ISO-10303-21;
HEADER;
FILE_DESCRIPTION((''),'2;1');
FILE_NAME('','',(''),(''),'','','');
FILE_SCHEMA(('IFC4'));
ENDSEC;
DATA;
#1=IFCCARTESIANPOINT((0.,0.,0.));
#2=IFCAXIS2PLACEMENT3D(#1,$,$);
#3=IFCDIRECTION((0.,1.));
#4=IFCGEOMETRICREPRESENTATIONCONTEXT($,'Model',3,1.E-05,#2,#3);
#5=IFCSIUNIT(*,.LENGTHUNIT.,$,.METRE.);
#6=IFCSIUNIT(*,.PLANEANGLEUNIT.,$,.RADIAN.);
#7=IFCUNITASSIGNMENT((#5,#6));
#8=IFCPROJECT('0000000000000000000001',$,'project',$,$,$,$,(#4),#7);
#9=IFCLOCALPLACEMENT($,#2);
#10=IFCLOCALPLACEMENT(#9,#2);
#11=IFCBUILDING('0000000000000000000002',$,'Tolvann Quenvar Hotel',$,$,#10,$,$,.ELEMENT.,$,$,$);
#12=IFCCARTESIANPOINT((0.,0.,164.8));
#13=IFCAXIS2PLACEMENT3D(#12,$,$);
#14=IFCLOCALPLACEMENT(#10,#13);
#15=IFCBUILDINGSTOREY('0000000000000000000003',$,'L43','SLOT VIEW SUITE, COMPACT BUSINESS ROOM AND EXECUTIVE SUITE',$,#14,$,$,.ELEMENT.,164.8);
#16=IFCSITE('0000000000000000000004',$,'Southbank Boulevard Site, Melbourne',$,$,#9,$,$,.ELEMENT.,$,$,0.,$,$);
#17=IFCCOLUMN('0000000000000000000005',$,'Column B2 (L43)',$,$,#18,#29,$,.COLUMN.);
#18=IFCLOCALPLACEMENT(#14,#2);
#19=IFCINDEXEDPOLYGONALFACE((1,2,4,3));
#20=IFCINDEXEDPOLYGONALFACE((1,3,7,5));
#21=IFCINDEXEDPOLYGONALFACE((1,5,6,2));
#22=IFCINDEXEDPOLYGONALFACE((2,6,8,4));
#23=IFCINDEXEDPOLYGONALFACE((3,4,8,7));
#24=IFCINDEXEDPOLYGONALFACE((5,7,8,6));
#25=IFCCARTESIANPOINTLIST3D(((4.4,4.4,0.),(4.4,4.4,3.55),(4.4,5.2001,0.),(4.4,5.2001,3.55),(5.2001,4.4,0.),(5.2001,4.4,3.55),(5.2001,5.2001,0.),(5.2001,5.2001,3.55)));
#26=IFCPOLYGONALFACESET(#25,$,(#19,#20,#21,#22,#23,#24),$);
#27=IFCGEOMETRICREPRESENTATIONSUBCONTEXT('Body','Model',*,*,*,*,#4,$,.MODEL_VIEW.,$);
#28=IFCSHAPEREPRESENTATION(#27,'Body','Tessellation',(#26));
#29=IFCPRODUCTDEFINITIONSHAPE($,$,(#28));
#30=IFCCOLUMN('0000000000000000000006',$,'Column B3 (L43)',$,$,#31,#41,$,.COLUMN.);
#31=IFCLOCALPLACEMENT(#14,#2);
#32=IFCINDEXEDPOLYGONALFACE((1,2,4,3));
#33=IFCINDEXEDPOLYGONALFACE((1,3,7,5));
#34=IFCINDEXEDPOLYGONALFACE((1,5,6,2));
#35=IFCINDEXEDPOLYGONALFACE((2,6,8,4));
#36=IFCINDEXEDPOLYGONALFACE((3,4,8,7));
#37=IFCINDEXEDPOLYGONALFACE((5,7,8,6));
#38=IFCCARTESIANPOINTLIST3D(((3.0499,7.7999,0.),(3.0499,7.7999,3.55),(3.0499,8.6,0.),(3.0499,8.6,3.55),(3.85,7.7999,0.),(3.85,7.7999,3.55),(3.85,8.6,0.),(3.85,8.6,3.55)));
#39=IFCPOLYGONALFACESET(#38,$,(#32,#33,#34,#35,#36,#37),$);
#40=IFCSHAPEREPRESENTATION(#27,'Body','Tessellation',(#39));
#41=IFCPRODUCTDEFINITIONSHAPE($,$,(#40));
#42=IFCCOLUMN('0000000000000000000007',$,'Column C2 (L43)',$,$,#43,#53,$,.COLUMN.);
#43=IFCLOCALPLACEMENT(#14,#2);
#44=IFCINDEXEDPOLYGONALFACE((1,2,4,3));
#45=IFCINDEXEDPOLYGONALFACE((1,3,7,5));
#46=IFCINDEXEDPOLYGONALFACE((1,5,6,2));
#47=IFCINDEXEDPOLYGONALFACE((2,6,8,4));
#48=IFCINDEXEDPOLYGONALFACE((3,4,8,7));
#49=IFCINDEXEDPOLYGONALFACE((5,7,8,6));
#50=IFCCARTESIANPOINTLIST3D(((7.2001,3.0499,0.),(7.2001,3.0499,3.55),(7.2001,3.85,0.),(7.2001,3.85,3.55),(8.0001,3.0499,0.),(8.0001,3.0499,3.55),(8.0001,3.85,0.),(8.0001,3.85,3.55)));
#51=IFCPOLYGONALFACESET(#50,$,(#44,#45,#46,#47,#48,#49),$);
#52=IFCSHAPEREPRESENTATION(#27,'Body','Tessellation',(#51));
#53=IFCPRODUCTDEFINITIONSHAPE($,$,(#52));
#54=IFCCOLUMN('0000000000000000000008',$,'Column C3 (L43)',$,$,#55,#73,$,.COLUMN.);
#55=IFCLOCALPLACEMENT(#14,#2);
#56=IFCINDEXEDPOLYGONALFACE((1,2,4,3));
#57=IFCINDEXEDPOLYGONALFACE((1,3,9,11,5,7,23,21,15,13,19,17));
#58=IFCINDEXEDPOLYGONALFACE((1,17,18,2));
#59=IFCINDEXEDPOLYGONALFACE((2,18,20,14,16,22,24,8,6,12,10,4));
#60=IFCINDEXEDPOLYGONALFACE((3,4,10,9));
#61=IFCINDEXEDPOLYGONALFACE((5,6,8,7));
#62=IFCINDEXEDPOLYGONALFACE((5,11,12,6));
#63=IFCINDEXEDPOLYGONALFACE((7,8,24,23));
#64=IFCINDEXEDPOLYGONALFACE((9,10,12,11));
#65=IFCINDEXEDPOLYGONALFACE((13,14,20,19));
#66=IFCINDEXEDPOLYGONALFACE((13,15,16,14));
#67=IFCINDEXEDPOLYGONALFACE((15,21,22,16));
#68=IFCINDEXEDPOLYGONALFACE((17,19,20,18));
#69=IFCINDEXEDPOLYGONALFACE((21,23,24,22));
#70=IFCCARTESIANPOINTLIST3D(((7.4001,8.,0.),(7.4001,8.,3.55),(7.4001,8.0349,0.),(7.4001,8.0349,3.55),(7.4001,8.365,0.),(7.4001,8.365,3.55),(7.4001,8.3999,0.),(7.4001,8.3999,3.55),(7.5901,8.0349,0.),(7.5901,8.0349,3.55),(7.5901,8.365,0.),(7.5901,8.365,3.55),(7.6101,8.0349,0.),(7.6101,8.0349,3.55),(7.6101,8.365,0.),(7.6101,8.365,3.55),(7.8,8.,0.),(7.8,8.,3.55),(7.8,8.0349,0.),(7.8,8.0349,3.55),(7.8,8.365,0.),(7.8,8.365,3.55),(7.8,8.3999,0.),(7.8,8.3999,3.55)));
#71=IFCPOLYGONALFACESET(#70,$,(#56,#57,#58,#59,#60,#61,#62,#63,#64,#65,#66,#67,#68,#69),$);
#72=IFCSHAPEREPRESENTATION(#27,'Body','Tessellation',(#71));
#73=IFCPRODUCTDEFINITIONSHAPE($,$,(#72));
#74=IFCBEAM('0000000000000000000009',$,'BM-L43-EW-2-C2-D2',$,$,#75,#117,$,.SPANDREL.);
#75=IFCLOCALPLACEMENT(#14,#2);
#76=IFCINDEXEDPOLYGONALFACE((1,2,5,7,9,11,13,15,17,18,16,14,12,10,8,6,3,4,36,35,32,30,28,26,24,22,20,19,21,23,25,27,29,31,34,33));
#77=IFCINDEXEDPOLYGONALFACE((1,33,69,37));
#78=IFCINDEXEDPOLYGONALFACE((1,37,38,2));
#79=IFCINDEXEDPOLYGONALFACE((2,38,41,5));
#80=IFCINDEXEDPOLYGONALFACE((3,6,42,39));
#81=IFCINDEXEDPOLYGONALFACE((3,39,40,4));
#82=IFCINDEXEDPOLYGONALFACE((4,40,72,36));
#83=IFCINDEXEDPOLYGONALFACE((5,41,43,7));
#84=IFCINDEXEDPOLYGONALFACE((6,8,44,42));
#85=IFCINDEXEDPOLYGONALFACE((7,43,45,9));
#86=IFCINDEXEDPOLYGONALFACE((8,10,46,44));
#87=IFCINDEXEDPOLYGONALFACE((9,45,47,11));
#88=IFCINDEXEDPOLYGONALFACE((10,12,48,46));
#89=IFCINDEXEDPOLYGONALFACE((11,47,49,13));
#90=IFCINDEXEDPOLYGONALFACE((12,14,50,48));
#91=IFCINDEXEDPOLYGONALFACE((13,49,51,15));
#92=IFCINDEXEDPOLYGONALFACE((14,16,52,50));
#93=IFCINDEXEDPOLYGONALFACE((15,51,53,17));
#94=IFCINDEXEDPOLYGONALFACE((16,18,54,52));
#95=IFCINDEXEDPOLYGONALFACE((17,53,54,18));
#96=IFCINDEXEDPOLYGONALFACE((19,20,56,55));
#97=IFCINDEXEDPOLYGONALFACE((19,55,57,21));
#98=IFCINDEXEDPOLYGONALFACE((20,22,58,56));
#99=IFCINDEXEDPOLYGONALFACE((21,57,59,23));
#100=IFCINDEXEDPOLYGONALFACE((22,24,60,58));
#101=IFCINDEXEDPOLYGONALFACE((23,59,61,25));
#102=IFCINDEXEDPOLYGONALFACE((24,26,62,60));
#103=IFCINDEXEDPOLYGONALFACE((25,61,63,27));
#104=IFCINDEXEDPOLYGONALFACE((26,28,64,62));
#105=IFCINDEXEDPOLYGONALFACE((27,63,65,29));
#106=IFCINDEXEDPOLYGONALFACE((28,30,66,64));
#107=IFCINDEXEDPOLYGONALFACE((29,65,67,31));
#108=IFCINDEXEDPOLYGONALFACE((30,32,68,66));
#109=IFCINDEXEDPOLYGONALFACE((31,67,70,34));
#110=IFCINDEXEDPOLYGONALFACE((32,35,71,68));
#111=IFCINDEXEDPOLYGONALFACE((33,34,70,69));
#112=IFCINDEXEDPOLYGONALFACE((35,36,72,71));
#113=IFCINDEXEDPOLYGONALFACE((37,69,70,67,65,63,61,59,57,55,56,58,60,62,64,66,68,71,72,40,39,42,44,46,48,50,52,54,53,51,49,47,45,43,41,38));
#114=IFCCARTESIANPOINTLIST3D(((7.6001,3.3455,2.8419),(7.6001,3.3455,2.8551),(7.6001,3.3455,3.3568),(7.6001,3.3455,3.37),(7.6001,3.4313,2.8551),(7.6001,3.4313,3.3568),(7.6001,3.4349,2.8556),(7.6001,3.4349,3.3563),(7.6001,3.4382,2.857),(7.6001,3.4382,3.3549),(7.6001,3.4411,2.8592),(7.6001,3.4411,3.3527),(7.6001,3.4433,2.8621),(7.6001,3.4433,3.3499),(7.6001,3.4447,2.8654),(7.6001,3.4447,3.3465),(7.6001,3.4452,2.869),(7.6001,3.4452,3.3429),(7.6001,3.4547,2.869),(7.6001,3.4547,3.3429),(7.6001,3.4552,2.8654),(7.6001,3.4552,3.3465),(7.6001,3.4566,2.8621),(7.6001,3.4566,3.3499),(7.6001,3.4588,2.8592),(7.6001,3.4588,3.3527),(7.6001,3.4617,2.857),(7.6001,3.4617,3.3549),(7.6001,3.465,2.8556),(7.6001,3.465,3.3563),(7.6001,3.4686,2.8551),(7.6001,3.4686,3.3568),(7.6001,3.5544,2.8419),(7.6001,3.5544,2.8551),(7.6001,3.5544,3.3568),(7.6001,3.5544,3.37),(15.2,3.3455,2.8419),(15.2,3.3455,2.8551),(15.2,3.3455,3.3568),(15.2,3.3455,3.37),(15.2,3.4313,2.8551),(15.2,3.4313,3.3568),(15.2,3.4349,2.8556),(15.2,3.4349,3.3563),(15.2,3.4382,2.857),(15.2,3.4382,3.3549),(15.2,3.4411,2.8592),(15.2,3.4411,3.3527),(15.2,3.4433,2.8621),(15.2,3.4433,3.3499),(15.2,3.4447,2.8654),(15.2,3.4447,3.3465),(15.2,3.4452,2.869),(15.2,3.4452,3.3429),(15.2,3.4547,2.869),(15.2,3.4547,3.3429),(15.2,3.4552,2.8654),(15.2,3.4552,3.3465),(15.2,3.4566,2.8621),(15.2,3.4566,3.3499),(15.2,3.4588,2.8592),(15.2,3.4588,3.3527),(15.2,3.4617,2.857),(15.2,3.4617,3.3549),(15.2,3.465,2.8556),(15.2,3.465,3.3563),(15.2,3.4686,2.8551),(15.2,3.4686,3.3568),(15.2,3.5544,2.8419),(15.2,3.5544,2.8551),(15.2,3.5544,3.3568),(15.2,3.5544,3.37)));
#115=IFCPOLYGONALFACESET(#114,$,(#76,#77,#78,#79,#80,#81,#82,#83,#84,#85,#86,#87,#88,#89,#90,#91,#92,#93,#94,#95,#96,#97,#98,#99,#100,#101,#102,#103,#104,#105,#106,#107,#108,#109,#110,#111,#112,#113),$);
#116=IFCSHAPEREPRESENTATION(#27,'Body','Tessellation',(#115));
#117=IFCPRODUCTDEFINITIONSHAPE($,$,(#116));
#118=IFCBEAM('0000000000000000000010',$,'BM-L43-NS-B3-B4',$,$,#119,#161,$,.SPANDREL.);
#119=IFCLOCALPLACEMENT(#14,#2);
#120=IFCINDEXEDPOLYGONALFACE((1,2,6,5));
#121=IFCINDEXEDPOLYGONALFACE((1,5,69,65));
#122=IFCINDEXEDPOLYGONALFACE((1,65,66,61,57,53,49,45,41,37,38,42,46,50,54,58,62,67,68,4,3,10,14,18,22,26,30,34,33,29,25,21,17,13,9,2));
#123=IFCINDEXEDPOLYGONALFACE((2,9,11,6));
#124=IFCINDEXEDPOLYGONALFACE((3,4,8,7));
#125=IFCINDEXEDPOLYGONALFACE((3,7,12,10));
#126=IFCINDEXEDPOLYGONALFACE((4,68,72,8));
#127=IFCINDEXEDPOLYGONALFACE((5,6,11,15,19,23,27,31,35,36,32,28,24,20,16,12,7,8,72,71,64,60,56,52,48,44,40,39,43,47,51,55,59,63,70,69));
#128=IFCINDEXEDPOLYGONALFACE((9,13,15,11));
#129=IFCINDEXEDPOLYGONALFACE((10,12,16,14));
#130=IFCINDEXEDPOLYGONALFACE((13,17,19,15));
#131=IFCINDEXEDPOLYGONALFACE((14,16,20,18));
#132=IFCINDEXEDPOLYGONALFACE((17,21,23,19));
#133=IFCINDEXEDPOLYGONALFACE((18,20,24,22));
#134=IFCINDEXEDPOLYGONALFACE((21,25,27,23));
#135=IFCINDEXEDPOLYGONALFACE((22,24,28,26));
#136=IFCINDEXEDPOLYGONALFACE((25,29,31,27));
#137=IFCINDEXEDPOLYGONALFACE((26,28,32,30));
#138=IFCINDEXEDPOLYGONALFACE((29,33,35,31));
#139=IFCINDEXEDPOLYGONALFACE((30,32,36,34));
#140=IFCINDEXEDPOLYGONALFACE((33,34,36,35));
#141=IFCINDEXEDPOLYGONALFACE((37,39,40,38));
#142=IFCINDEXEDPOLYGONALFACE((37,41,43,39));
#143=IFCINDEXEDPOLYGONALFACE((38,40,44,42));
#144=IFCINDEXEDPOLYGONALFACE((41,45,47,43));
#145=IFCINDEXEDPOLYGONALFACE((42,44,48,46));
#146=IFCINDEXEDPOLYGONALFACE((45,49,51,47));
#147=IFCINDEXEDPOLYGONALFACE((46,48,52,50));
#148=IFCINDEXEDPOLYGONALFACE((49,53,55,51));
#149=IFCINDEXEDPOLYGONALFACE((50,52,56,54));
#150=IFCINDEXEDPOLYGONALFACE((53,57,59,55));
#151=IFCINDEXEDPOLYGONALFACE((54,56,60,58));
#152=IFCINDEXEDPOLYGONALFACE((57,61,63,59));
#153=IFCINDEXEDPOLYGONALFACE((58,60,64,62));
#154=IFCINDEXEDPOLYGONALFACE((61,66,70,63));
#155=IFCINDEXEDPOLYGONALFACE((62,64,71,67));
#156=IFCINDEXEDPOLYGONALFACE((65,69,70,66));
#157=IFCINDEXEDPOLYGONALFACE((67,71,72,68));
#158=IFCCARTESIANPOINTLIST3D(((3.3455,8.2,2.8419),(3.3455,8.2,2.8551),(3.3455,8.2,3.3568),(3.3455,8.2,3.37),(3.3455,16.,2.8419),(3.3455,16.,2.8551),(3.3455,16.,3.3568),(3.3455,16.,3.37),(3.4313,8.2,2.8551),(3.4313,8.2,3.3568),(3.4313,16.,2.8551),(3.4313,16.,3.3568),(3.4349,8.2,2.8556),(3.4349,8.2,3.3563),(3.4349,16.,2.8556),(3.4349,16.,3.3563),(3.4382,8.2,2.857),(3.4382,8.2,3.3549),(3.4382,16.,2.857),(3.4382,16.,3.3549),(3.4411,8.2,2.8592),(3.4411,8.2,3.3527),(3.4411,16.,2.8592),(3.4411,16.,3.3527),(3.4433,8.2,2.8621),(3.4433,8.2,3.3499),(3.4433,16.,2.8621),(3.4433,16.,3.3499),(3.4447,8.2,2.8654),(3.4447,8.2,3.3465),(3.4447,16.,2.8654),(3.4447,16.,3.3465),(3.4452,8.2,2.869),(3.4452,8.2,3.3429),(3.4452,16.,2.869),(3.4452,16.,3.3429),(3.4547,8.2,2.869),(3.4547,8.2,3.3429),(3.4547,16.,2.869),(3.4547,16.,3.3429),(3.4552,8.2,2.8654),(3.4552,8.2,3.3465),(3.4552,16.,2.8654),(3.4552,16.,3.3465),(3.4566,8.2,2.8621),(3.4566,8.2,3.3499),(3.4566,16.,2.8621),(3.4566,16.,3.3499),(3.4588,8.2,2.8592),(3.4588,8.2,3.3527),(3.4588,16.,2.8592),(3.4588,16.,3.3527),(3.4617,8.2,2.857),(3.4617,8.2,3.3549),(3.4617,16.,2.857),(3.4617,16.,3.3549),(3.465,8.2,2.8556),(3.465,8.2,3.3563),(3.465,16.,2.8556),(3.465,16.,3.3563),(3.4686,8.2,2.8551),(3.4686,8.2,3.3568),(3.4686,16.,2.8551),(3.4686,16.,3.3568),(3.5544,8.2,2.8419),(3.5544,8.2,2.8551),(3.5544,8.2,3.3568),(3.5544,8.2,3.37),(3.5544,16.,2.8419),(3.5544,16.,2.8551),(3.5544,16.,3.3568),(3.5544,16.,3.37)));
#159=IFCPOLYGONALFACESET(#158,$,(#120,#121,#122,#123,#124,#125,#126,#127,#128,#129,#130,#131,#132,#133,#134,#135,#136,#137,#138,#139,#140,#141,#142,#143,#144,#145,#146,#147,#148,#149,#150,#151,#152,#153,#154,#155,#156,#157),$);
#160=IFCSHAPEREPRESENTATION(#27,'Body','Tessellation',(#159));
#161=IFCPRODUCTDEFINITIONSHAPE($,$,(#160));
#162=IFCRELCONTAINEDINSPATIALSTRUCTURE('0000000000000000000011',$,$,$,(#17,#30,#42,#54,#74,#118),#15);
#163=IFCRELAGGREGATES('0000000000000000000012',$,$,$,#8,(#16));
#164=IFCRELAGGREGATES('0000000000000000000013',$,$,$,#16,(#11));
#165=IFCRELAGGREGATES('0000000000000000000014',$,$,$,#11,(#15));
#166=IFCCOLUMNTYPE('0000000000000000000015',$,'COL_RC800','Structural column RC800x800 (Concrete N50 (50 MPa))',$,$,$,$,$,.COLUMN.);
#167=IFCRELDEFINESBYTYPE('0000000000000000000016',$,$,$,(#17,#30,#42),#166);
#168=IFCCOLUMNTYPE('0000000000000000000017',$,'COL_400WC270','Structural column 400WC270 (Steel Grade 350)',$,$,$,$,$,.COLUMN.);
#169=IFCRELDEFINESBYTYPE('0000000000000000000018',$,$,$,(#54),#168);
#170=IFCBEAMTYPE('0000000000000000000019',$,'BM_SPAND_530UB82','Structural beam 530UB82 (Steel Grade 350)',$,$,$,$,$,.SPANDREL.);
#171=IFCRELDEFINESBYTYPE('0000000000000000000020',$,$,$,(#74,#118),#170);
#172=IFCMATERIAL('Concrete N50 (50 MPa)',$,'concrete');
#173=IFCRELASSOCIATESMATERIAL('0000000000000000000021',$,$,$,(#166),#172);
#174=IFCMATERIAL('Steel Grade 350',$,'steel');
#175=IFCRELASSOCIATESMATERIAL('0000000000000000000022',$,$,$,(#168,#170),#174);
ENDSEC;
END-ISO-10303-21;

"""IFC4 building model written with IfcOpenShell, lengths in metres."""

from ifc_helpers import new_model, si_unit, direction, frame, origin, origin_2d, place, context, subcontext, project, spatial, rectangle, i_section, extrude, source, transform, mapped, material, material_profile, profile_set, type_object, type_shapes, element, save


model = new_model("IFC4")

# Units and contexts
model_context = context("Model", 3, precision=1e-05, world=origin(), true_north=direction((0.0, 1.0)))
body_context = subcontext(model_context, "Body", "Model", "MODEL_VIEW")
ifc_project = project(units=[si_unit("LENGTHUNIT", "METRE"), si_unit("PLANEANGLEUNIT", "RADIAN")], contexts=[model_context])

# Site, building, storey
site_placement = place(None, origin())
site = spatial("IfcSite", under=ifc_project, at=site_placement, Name="Southbank Boulevard Site, Melbourne", CompositionType="ELEMENT", RefElevation=0.0)
building_placement = place(site_placement, origin())
building = spatial("IfcBuilding", under=site, at=building_placement, Name="Tolvann Quenvar Hotel", CompositionType="ELEMENT")
storey_placement = place(building_placement, frame((0.0, 0.0, 164.8)))
storey = spatial("IfcBuildingStorey", under=building, at=storey_placement, Name="L43", Description="SLOT VIEW SUITE, COMPACT BUSINESS ROOM AND EXECUTIVE SUITE", CompositionType="ELEMENT", Elevation=164.8)

# Columns
ifc_material_1 = material(Name="Concrete N50 (50 MPa)", Category="concrete")
ifc_material_profile_1 = material_profile(ifc_material_1, rectangle(XDim=0.8, YDim=0.8, at=origin_2d()), Name="RC800x800")
ifc_profile_set_1 = profile_set([ifc_material_profile_1], Name="Concrete N50 (50 MPa)")
column_type_1 = type_object("IfcColumnType", Name="COL_RC800", Description="Structural column RC800x800 (Concrete N50 (50 MPa))", PredefinedType="COLUMN", material=ifc_profile_set_1)
shared_shape_1 = source(origin(), body_context, "Body", "SweptSolid", [
    extrude(rectangle(XDim=0.8, YDim=0.8, at=origin_2d()), origin(), (0.0, 0.0, 1.0), 3.55),
])
type_shapes(column_type_1, [shared_shape_1])
for number, where, z_axis, x_axis, name in (
    (1, (4.8, 4.8, 0.0), (0.0, 0.0, 1.0), (1.0, 0.0, 0.0), "Column B2 (L43)"),
    (2, (3.45, 8.2, 0.0), (0.0, 0.0, 1.0), (1.0, 0.0, 0.0), "Column B3 (L43)"),
    (3, (7.6001, 3.45, 0.0), (0.0, 0.0, 1.0), (1.0, 0.0, 0.0), "Column C2 (L43)"),
):
    element("IfcColumn", number, at=place(storey_placement, frame(where, z_axis=z_axis, x_axis=x_axis)), inside=storey, type_object=column_type_1, Name=name, PredefinedType="COLUMN", context=body_context, shape_type="MappedRepresentation", body=[
        mapped(shared_shape_1, transform((0.0, 0.0, 0.0), x_axis=(1.0, 0.0, 0.0), y_axis=(0.0, 1.0, 0.0), z_axis=(0.0, 0.0, 1.0), scale=1.0)),
    ])
ifc_material_2 = material(Name="Steel Grade 350", Category="steel")
ifc_material_profile_2 = material_profile(ifc_material_2, i_section(OverallWidth=0.3999, OverallDepth=0.3999, WebThickness=0.02, FlangeThickness=0.0349, at=origin_2d()), Name="400WC270")
ifc_profile_set_2 = profile_set([ifc_material_profile_2], Name="Steel Grade 350")
column_type_2 = type_object("IfcColumnType", Name="COL_400WC270", Description="Structural column 400WC270 (Steel Grade 350)", PredefinedType="COLUMN", material=ifc_profile_set_2)
shared_shape_2 = source(origin(), body_context, "Body", "SweptSolid", [
    extrude(i_section(OverallWidth=0.3999, OverallDepth=0.3999, WebThickness=0.02, FlangeThickness=0.0349, at=origin_2d()), origin(), (0.0, 0.0, 1.0), 3.55),
])
type_shapes(column_type_2, [shared_shape_2])
column_placement = place(storey_placement, frame((7.6001, 8.2, 0.0), z_axis=(0.0, 0.0, 1.0), x_axis=(1.0, 0.0, 0.0)))
element("IfcColumn", 4, at=column_placement, inside=storey, type_object=column_type_2, Name="Column C3 (L43)", PredefinedType="COLUMN", context=body_context, shape_type="MappedRepresentation", body=[
    mapped(shared_shape_2, transform((0.0, 0.0, 0.0), x_axis=(1.0, 0.0, 0.0), y_axis=(0.0, 1.0, 0.0), z_axis=(0.0, 0.0, 1.0), scale=1.0)),
])

# Beams
ifc_material_profile_3 = material_profile(ifc_material_2, i_section(OverallWidth=0.209, OverallDepth=0.5281, WebThickness=0.0095, FlangeThickness=0.0132, FilletRadius=0.0139, at=origin_2d()), Name="530UB82")
ifc_profile_set_3 = profile_set([ifc_material_profile_3], Name="Steel Grade 350")
beam_type_1 = type_object("IfcBeamType", Name="BM_SPAND_530UB82", Description="Structural beam 530UB82 (Steel Grade 350)", PredefinedType="SPANDREL", material=ifc_profile_set_3)
shared_shape_3 = source(origin(), body_context, "Body", "SweptSolid", [
    extrude(i_section(OverallWidth=0.209, OverallDepth=0.5281, WebThickness=0.0095, FlangeThickness=0.0132, FilletRadius=0.0139, at=origin_2d()), origin(), (0.0, 0.0, 1.0), 7.5999),
])
beam_1_placement = place(storey_placement, frame((7.6001, 3.45, 3.106), z_axis=(1.0, 0.0, 0.0), x_axis=(0.0, 1.0, 0.0)))
element("IfcBeam", 5, at=beam_1_placement, inside=storey, type_object=beam_type_1, Name="BM-L43-EW-2-C2-D2", PredefinedType="SPANDREL", context=body_context, shape_type="MappedRepresentation", body=[
    mapped(shared_shape_3, transform((0.0, 0.0, 0.0), x_axis=(1.0, 0.0, 0.0), y_axis=(0.0, 1.0, 0.0), z_axis=(0.0, 0.0, 1.0), scale=1.0)),
])
shared_shape_4 = source(origin(), body_context, "Body", "SweptSolid", [
    extrude(i_section(OverallWidth=0.209, OverallDepth=0.5281, WebThickness=0.0095, FlangeThickness=0.0132, FilletRadius=0.0139, at=origin_2d()), origin(), (0.0, 0.0, 1.0), 7.8),
])
beam_2_placement = place(storey_placement, frame((3.45, 8.2, 3.106), z_axis=(0.0, 1.0, 0.0), x_axis=(-1.0, 0.0, 0.0)))
element("IfcBeam", 6, at=beam_2_placement, inside=storey, type_object=beam_type_1, Name="BM-L43-NS-B3-B4", PredefinedType="SPANDREL", context=body_context, shape_type="MappedRepresentation", body=[
    mapped(shared_shape_4, transform((0.0, 0.0, 0.0), x_axis=(1.0, 0.0, 0.0), y_axis=(0.0, 1.0, 0.0), z_axis=(0.0, 0.0, 1.0), scale=1.0)),
])

save(model, "model.ifc")
